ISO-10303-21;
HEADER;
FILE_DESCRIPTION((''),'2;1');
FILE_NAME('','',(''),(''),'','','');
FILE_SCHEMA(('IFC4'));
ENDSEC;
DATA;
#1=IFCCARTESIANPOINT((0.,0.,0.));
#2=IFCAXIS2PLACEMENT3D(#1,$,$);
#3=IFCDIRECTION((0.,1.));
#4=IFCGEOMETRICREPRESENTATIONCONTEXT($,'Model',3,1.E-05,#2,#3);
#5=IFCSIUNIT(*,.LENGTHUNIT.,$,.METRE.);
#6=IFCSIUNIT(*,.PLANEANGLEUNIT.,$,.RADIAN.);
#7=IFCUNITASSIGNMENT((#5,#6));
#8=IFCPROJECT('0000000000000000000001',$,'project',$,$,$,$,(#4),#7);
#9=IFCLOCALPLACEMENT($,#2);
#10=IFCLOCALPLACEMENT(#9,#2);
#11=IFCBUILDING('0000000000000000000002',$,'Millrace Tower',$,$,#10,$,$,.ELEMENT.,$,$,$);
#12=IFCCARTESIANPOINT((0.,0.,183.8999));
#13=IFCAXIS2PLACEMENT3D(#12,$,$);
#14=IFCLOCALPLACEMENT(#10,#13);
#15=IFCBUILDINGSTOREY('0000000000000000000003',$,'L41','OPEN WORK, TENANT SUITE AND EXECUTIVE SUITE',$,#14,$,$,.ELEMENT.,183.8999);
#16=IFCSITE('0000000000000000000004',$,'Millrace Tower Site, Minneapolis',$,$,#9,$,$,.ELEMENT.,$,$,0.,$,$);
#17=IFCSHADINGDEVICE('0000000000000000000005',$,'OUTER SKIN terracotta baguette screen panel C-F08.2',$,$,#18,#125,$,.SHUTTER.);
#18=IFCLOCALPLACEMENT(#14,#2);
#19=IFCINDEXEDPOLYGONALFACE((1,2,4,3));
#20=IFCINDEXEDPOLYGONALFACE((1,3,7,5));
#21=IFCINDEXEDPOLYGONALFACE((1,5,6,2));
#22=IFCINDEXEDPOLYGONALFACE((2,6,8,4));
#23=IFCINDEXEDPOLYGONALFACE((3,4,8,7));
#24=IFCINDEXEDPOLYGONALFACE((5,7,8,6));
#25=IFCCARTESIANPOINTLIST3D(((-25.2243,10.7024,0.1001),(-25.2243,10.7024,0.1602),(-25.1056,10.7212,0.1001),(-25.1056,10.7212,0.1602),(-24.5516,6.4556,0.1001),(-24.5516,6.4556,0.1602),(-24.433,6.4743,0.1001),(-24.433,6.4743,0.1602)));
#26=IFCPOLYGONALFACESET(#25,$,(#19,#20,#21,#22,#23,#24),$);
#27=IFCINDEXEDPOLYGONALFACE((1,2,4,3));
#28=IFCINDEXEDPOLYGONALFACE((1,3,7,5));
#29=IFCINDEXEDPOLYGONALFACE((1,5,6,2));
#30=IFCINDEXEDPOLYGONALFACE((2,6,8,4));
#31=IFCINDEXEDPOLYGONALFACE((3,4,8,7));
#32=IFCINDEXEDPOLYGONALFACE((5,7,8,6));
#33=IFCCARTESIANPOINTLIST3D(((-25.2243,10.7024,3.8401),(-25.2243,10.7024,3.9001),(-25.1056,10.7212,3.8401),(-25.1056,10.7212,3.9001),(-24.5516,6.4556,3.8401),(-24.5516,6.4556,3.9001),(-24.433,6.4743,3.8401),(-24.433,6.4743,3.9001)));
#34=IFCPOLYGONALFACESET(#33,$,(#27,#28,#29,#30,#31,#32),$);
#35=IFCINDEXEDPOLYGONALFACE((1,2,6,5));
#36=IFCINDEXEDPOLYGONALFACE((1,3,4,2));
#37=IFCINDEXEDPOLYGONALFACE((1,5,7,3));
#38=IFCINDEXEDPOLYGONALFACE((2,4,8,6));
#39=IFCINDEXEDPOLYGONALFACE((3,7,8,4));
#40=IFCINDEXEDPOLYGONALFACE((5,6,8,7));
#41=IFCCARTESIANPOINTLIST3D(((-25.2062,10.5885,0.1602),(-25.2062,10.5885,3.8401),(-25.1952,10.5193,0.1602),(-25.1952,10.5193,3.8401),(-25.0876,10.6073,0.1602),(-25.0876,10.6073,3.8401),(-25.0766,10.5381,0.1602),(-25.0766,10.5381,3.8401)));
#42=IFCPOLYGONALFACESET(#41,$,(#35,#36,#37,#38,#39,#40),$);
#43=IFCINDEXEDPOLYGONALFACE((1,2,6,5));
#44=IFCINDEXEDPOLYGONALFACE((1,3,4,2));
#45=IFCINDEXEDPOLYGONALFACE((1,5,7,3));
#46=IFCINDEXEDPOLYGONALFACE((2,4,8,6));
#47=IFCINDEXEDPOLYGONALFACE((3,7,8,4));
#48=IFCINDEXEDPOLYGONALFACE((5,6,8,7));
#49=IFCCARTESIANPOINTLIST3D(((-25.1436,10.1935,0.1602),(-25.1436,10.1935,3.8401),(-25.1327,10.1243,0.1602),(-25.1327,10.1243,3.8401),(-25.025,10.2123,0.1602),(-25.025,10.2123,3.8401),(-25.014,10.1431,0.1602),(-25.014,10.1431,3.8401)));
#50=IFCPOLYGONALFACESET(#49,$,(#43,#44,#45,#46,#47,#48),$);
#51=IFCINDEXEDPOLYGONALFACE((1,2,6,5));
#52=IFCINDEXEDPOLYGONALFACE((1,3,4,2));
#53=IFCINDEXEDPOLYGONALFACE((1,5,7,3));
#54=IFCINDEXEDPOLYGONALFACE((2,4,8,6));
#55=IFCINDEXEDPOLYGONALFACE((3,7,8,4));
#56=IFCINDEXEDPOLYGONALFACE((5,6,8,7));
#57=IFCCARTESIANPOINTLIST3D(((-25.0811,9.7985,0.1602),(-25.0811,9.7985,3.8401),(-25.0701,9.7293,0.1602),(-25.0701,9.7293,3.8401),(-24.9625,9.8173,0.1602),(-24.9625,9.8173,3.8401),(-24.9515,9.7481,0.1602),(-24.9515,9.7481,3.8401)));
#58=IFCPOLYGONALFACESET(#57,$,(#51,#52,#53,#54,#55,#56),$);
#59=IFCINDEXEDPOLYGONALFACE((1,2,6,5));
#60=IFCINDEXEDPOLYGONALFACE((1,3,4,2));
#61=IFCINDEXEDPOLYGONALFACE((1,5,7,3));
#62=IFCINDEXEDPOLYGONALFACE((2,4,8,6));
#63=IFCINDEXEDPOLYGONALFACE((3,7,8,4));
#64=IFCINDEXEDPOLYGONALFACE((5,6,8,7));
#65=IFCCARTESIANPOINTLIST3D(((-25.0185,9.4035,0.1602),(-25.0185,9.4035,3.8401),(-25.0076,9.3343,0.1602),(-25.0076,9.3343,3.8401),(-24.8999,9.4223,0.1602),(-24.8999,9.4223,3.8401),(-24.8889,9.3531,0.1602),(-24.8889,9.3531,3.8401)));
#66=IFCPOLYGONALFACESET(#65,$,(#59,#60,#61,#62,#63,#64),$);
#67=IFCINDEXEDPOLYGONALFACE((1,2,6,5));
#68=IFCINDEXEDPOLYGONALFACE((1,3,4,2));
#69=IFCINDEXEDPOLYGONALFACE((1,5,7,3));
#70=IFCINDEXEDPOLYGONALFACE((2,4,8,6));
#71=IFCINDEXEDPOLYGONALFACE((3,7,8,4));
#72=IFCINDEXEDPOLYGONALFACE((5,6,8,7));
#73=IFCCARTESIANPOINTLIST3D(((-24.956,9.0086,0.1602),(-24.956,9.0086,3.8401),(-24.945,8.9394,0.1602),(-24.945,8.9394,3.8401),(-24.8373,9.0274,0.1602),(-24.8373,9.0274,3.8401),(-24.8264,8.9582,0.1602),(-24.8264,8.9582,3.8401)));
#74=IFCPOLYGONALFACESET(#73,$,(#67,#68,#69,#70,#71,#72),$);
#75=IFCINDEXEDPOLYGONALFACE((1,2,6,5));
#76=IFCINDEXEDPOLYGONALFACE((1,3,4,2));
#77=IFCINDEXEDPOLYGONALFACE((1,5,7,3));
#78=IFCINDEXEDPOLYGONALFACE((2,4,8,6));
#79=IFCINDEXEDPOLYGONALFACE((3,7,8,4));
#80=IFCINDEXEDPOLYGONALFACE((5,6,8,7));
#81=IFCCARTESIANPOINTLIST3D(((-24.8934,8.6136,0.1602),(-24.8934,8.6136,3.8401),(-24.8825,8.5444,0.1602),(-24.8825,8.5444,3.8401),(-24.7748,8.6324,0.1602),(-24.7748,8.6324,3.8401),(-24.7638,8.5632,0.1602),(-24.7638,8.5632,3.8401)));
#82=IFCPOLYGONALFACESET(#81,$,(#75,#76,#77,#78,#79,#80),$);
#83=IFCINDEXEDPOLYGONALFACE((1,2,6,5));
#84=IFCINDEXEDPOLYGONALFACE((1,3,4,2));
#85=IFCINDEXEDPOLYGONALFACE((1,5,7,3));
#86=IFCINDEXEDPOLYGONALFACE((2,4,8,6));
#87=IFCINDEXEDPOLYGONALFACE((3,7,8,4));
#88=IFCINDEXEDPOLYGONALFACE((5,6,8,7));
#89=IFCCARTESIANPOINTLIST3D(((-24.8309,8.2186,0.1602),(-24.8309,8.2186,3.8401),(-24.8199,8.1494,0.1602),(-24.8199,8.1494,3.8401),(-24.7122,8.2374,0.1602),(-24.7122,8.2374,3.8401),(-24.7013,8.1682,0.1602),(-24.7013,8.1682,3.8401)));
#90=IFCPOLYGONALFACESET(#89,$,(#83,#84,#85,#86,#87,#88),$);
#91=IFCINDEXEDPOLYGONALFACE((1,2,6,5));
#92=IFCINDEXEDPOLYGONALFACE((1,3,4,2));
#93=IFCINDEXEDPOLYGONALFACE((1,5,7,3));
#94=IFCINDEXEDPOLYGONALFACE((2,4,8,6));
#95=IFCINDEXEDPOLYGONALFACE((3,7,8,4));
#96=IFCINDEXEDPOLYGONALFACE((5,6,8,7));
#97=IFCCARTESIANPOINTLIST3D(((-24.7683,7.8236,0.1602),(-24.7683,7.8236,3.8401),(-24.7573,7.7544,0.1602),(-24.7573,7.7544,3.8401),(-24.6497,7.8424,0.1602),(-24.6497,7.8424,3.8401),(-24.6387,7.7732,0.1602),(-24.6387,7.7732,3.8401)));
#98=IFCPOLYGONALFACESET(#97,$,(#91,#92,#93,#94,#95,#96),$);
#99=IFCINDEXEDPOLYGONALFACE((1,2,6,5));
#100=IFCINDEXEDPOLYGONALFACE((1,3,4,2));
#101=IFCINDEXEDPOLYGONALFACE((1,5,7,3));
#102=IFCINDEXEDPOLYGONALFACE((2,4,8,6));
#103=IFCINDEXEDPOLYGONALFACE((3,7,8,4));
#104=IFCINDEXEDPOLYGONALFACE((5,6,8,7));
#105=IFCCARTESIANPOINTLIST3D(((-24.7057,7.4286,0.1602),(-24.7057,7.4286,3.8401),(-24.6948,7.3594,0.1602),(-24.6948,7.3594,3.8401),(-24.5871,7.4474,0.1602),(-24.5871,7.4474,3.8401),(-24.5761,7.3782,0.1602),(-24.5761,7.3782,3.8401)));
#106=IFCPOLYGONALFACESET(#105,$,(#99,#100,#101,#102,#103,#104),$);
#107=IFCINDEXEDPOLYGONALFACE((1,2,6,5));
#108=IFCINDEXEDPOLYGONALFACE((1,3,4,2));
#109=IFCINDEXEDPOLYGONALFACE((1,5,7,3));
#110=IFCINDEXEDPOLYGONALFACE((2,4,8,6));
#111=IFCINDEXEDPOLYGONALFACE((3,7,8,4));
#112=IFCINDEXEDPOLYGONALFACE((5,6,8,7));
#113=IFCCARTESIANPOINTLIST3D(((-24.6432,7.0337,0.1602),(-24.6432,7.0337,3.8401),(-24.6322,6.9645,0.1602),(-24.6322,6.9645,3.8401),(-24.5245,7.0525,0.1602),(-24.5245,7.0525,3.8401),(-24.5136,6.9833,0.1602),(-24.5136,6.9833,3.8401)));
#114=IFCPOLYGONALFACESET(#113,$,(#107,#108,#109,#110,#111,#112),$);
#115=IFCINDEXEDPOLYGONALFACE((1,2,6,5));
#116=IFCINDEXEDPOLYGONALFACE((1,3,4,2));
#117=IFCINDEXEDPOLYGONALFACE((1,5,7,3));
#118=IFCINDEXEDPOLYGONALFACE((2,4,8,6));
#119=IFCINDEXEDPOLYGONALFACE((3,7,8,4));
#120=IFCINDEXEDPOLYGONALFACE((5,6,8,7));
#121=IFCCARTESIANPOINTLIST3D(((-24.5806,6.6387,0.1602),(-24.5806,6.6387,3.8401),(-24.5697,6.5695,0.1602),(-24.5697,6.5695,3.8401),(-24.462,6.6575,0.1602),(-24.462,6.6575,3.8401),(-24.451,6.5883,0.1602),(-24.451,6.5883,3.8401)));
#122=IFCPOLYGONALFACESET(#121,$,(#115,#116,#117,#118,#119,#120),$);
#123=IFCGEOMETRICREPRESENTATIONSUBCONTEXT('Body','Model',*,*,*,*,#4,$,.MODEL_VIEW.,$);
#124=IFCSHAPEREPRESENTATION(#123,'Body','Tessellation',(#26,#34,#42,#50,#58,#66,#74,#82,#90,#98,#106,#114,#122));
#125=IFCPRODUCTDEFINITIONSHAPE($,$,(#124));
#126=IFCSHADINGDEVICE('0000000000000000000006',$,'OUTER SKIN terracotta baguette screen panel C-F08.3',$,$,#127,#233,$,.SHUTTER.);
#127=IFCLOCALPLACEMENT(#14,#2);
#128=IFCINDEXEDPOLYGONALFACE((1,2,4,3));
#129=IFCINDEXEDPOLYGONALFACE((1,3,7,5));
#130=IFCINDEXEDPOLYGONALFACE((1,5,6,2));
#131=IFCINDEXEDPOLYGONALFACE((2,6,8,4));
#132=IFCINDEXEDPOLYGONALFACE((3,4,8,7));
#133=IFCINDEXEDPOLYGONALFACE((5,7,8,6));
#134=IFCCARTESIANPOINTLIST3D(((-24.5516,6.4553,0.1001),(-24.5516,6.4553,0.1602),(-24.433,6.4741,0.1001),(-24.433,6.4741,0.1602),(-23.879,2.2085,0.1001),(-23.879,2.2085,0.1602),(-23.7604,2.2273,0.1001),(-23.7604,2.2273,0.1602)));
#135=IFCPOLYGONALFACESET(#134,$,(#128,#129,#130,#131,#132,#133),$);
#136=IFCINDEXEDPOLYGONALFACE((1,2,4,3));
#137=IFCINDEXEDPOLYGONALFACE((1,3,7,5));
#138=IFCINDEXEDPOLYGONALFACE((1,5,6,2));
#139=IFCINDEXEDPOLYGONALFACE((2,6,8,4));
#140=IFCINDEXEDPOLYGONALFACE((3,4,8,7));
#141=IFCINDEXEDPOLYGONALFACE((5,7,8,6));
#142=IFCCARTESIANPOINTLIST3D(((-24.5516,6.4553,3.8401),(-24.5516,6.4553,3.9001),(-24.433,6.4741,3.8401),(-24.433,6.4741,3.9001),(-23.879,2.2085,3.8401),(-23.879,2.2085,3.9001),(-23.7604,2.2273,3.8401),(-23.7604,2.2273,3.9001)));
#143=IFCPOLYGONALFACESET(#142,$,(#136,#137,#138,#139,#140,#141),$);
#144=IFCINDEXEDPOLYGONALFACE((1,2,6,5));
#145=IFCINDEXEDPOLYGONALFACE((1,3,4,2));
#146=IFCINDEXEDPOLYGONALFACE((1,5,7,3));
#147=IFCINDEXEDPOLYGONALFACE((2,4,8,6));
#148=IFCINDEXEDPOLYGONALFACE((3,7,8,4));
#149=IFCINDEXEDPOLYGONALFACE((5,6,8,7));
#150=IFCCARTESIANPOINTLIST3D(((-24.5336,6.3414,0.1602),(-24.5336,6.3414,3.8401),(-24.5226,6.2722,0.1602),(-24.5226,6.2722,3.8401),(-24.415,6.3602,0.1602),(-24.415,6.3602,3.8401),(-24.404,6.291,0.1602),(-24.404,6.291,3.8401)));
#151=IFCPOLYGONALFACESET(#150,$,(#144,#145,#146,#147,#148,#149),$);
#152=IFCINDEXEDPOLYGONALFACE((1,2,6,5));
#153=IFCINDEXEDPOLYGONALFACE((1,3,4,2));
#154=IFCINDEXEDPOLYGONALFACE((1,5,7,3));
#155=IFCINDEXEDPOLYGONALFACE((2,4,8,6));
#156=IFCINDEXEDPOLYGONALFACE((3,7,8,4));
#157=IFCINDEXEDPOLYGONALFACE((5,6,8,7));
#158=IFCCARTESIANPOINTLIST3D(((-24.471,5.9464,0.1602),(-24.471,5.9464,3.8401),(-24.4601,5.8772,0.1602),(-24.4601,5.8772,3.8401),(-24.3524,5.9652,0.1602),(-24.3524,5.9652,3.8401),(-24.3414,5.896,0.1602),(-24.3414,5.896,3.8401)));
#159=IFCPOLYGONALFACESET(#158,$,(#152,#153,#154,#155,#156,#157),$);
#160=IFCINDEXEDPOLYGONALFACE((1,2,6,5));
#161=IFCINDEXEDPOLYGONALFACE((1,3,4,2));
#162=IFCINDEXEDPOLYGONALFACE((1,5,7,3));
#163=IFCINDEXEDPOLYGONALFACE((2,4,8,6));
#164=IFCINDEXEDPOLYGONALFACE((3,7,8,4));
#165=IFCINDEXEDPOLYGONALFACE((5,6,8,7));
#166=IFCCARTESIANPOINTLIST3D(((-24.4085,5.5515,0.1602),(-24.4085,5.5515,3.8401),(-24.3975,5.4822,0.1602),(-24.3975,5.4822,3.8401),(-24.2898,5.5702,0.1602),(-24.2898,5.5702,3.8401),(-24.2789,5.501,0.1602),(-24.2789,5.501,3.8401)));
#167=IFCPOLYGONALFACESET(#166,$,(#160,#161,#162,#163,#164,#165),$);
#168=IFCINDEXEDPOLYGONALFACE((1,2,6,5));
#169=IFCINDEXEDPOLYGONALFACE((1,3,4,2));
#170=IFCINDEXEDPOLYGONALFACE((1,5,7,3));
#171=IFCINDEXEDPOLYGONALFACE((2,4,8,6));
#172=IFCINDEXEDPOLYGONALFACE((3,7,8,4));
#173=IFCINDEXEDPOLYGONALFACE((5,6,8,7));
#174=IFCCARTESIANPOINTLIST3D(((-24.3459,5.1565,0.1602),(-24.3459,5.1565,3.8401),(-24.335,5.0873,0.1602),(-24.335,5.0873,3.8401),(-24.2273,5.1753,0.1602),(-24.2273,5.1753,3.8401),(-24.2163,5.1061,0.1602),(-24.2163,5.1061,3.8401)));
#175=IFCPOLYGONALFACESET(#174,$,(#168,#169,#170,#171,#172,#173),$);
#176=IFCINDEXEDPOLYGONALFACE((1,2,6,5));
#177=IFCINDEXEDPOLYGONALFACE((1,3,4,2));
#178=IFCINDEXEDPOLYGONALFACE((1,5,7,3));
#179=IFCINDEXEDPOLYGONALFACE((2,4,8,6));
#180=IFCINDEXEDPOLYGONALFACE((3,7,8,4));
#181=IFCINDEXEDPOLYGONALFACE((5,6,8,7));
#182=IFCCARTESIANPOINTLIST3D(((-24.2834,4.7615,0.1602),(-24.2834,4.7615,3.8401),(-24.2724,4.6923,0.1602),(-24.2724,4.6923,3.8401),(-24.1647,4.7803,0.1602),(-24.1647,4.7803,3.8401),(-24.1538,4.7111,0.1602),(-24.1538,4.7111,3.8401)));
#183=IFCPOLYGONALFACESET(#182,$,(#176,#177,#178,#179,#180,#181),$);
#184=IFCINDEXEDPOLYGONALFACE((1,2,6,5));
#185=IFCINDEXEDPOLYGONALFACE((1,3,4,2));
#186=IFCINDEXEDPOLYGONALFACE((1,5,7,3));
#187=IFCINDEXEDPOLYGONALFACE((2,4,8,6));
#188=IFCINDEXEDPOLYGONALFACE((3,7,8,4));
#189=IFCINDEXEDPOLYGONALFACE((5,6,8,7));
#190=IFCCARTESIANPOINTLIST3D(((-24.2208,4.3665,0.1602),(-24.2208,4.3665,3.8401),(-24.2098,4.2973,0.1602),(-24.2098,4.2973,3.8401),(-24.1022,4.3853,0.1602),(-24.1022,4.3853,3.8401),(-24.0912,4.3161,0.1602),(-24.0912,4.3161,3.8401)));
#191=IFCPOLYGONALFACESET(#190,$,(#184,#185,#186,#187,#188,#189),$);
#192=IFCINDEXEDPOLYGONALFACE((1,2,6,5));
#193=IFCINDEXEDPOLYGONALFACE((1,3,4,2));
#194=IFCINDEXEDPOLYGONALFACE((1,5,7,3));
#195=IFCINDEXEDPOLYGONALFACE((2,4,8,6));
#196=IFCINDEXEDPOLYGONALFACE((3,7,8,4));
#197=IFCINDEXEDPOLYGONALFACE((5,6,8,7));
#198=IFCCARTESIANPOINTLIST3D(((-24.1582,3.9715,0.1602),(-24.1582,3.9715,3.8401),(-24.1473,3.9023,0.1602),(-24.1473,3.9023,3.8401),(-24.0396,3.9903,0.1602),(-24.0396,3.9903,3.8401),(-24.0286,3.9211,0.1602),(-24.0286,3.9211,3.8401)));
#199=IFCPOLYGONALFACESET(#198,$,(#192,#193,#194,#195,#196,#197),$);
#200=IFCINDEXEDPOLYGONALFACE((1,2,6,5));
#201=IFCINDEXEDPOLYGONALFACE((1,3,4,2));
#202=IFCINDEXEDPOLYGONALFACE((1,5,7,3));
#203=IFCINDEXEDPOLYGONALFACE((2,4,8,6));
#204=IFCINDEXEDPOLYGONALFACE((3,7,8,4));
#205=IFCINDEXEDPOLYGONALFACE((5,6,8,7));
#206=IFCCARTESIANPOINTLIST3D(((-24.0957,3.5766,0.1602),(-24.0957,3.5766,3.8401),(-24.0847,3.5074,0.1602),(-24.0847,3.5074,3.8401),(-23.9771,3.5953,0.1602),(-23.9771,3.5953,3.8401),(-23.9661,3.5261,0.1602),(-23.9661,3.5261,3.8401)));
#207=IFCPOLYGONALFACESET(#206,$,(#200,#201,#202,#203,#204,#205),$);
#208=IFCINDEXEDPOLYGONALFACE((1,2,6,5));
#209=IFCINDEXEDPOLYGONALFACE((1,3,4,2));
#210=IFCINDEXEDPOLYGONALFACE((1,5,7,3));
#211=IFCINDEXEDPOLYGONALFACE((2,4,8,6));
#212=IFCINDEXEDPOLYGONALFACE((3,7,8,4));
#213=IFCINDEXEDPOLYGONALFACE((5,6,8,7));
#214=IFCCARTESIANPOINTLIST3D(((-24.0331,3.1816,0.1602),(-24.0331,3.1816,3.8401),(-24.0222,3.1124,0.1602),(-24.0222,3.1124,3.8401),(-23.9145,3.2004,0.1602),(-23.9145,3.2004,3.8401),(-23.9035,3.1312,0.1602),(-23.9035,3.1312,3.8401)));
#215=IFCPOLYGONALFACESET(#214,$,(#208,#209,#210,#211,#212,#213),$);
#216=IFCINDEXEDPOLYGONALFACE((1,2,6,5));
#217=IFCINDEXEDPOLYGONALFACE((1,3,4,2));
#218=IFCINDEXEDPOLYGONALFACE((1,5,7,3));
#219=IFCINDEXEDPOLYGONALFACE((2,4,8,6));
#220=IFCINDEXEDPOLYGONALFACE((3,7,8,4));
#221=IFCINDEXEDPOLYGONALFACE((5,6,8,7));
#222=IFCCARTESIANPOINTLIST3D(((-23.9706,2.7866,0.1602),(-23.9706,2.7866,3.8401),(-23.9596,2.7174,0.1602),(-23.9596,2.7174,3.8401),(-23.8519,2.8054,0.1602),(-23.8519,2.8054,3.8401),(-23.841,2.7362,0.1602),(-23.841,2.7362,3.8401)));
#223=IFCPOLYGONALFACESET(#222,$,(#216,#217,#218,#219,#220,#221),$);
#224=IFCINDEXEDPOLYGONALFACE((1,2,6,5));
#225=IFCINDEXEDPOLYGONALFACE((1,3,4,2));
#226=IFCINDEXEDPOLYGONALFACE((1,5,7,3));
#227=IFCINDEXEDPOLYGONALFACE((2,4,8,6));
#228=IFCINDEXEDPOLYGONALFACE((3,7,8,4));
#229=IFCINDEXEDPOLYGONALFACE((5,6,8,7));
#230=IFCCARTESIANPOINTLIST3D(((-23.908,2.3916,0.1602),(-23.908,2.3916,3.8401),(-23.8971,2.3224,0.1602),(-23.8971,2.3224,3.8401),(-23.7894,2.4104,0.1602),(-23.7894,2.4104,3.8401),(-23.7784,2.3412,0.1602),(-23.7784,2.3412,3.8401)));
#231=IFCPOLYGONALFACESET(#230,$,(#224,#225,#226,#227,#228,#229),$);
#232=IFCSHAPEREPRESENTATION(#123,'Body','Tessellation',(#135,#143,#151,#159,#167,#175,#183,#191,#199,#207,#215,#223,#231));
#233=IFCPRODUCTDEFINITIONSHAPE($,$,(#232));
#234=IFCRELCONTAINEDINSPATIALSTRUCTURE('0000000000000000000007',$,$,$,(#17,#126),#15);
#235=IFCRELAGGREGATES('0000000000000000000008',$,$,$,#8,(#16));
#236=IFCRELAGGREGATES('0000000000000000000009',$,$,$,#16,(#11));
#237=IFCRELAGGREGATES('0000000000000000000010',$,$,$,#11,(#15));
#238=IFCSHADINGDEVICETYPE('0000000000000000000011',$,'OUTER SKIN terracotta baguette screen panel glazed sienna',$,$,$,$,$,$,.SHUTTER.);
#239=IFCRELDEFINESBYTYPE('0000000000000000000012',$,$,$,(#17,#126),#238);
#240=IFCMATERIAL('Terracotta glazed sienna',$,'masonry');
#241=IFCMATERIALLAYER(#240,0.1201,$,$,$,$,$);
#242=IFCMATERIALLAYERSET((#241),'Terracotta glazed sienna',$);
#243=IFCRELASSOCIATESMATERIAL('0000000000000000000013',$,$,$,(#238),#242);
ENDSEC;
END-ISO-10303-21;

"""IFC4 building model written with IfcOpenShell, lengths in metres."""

from ifc_helpers import new_model, entity, si_unit, direction, frame, frame_2d, origin, origin_2d, place, context, subcontext, project, spatial, rectangle, extrude, source, transform, mapped, material, layer, layer_set, type_object, element, save


model = new_model("IFC4")

# Units and contexts
model_context = context("Model", 3, precision=1e-05, world=origin(), true_north=direction((0.0, 1.0)))
body_context = subcontext(model_context, "Body", "Model", "MODEL_VIEW")
ifc_project = project(units=[si_unit("LENGTHUNIT", "METRE"), si_unit("PLANEANGLEUNIT", "RADIAN")], contexts=[model_context])

# Site, building, storey
site_placement = place(None, origin())
site = spatial("IfcSite", under=ifc_project, at=site_placement, Name="Millrace Tower Site, Minneapolis", CompositionType="ELEMENT", RefElevation=0.0)
building_placement = place(site_placement, origin())
building = spatial("IfcBuilding", under=site, at=building_placement, Name="Millrace Tower", CompositionType="ELEMENT")
storey_placement = place(building_placement, frame((0.0, 0.0, 183.8999)))
storey = spatial("IfcBuildingStorey", under=building, at=storey_placement, Name="L41", Description="OPEN WORK, TENANT SUITE AND EXECUTIVE SUITE", CompositionType="ELEMENT", Elevation=183.8999)

# Shading devices
ifc_material_1 = material(Name="Terracotta glazed sienna", Category="masonry")
ifc_layer_1 = layer(ifc_material_1, 0.1201)
ifc_layer_set_1 = layer_set([ifc_layer_1], Name="Terracotta glazed sienna")
shading_device_type = type_object("IfcShadingDeviceType", Name="OUTER SKIN terracotta baguette screen panel glazed sienna", PredefinedType="SHUTTER", material=ifc_layer_set_1)
cartesian_point = entity("IfcCartesianPoint", [-2.1499, 0.0601])
shared_polyline = entity("IfcPolyline", [cartesian_point, entity("IfcCartesianPoint", [2.1499, 0.0601]), entity("IfcCartesianPoint", [2.1499, -0.0601]), entity("IfcCartesianPoint", [-2.1499, -0.0601]), cartesian_point])
shared_shape = source(origin(), body_context, "Body", "SweptSolid", [
    entity("IfcExtrudedAreaSolid", entity("IfcArbitraryClosedProfileDef", "AREA", None, shared_polyline), entity("IfcAxis2Placement3D", entity("IfcCartesianPoint", [0.0, 0.0, 0.0])), entity("IfcDirection", [0.0, 0.0, 1.0]), 0.0601),
    entity("IfcExtrudedAreaSolid", entity("IfcArbitraryClosedProfileDef", "AREA", None, shared_polyline), entity("IfcAxis2Placement3D", entity("IfcCartesianPoint", [0.0, 0.0, 3.74])), entity("IfcDirection", [0.0, 0.0, 1.0]), 0.0601),
    extrude(rectangle(XDim=0.0701, YDim=0.1201, at=frame_2d((-1.9995, 0.0))), frame((0.0, 0.0, 0.0601)), (0.0, 0.0, 1.0), 3.6799),
    extrude(rectangle(XDim=0.0701, YDim=0.1201, at=frame_2d((-1.5996, 0.0))), frame((0.0, 0.0, 0.0601)), (0.0, 0.0, 1.0), 3.6799),
    extrude(rectangle(XDim=0.0701, YDim=0.1201, at=frame_2d((-1.1997, 0.0))), frame((0.0, 0.0, 0.0601)), (0.0, 0.0, 1.0), 3.6799),
    extrude(rectangle(XDim=0.0701, YDim=0.1201, at=frame_2d((-0.7998, 0.0))), frame((0.0, 0.0, 0.0601)), (0.0, 0.0, 1.0), 3.6799),
    extrude(rectangle(XDim=0.0701, YDim=0.1201, at=frame_2d((-0.3999, 0.0))), frame((0.0, 0.0, 0.0601)), (0.0, 0.0, 1.0), 3.6799),
    extrude(rectangle(XDim=0.0701, YDim=0.1201, at=origin_2d()), frame((0.0, 0.0, 0.0601)), (0.0, 0.0, 1.0), 3.6799),
    extrude(rectangle(XDim=0.0701, YDim=0.1201, at=frame_2d((0.3999, 0.0))), frame((0.0, 0.0, 0.0601)), (0.0, 0.0, 1.0), 3.6799),
    extrude(rectangle(XDim=0.0701, YDim=0.1201, at=frame_2d((0.7998, 0.0))), frame((0.0, 0.0, 0.0601)), (0.0, 0.0, 1.0), 3.6799),
    extrude(rectangle(XDim=0.0701, YDim=0.1201, at=frame_2d((1.1997, 0.0))), frame((0.0, 0.0, 0.0601)), (0.0, 0.0, 1.0), 3.6799),
    extrude(rectangle(XDim=0.0701, YDim=0.1201, at=frame_2d((1.5996, 0.0))), frame((0.0, 0.0, 0.0601)), (0.0, 0.0, 1.0), 3.6799),
    extrude(rectangle(XDim=0.0701, YDim=0.1201, at=frame_2d((1.9995, 0.0))), frame((0.0, 0.0, 0.0601)), (0.0, 0.0, 1.0), 3.6799),
])
for number, where, z_axis, x_axis, name in (
    (1, (-24.8286, 8.5884, 0.1001), (0.0, 0.0, 1.0), (0.156434, -0.987688, 0.0), "OUTER SKIN terracotta baguette screen panel C-F08.2"),
    (2, (-24.156, 4.3413, 0.1001), (0.0, 0.0, 1.0), (0.156434, -0.987688, 0.0), "OUTER SKIN terracotta baguette screen panel C-F08.3"),
):
    element("IfcShadingDevice", number, at=place(storey_placement, frame(where, z_axis=z_axis, x_axis=x_axis)), inside=storey, type_object=shading_device_type, Name=name, PredefinedType="SHUTTER", context=body_context, shape_type="MappedRepresentation", body=[
        mapped(shared_shape, transform((0.0, 0.0, 0.0), scale=1.0)),
    ])

save(model, "model.ifc")
